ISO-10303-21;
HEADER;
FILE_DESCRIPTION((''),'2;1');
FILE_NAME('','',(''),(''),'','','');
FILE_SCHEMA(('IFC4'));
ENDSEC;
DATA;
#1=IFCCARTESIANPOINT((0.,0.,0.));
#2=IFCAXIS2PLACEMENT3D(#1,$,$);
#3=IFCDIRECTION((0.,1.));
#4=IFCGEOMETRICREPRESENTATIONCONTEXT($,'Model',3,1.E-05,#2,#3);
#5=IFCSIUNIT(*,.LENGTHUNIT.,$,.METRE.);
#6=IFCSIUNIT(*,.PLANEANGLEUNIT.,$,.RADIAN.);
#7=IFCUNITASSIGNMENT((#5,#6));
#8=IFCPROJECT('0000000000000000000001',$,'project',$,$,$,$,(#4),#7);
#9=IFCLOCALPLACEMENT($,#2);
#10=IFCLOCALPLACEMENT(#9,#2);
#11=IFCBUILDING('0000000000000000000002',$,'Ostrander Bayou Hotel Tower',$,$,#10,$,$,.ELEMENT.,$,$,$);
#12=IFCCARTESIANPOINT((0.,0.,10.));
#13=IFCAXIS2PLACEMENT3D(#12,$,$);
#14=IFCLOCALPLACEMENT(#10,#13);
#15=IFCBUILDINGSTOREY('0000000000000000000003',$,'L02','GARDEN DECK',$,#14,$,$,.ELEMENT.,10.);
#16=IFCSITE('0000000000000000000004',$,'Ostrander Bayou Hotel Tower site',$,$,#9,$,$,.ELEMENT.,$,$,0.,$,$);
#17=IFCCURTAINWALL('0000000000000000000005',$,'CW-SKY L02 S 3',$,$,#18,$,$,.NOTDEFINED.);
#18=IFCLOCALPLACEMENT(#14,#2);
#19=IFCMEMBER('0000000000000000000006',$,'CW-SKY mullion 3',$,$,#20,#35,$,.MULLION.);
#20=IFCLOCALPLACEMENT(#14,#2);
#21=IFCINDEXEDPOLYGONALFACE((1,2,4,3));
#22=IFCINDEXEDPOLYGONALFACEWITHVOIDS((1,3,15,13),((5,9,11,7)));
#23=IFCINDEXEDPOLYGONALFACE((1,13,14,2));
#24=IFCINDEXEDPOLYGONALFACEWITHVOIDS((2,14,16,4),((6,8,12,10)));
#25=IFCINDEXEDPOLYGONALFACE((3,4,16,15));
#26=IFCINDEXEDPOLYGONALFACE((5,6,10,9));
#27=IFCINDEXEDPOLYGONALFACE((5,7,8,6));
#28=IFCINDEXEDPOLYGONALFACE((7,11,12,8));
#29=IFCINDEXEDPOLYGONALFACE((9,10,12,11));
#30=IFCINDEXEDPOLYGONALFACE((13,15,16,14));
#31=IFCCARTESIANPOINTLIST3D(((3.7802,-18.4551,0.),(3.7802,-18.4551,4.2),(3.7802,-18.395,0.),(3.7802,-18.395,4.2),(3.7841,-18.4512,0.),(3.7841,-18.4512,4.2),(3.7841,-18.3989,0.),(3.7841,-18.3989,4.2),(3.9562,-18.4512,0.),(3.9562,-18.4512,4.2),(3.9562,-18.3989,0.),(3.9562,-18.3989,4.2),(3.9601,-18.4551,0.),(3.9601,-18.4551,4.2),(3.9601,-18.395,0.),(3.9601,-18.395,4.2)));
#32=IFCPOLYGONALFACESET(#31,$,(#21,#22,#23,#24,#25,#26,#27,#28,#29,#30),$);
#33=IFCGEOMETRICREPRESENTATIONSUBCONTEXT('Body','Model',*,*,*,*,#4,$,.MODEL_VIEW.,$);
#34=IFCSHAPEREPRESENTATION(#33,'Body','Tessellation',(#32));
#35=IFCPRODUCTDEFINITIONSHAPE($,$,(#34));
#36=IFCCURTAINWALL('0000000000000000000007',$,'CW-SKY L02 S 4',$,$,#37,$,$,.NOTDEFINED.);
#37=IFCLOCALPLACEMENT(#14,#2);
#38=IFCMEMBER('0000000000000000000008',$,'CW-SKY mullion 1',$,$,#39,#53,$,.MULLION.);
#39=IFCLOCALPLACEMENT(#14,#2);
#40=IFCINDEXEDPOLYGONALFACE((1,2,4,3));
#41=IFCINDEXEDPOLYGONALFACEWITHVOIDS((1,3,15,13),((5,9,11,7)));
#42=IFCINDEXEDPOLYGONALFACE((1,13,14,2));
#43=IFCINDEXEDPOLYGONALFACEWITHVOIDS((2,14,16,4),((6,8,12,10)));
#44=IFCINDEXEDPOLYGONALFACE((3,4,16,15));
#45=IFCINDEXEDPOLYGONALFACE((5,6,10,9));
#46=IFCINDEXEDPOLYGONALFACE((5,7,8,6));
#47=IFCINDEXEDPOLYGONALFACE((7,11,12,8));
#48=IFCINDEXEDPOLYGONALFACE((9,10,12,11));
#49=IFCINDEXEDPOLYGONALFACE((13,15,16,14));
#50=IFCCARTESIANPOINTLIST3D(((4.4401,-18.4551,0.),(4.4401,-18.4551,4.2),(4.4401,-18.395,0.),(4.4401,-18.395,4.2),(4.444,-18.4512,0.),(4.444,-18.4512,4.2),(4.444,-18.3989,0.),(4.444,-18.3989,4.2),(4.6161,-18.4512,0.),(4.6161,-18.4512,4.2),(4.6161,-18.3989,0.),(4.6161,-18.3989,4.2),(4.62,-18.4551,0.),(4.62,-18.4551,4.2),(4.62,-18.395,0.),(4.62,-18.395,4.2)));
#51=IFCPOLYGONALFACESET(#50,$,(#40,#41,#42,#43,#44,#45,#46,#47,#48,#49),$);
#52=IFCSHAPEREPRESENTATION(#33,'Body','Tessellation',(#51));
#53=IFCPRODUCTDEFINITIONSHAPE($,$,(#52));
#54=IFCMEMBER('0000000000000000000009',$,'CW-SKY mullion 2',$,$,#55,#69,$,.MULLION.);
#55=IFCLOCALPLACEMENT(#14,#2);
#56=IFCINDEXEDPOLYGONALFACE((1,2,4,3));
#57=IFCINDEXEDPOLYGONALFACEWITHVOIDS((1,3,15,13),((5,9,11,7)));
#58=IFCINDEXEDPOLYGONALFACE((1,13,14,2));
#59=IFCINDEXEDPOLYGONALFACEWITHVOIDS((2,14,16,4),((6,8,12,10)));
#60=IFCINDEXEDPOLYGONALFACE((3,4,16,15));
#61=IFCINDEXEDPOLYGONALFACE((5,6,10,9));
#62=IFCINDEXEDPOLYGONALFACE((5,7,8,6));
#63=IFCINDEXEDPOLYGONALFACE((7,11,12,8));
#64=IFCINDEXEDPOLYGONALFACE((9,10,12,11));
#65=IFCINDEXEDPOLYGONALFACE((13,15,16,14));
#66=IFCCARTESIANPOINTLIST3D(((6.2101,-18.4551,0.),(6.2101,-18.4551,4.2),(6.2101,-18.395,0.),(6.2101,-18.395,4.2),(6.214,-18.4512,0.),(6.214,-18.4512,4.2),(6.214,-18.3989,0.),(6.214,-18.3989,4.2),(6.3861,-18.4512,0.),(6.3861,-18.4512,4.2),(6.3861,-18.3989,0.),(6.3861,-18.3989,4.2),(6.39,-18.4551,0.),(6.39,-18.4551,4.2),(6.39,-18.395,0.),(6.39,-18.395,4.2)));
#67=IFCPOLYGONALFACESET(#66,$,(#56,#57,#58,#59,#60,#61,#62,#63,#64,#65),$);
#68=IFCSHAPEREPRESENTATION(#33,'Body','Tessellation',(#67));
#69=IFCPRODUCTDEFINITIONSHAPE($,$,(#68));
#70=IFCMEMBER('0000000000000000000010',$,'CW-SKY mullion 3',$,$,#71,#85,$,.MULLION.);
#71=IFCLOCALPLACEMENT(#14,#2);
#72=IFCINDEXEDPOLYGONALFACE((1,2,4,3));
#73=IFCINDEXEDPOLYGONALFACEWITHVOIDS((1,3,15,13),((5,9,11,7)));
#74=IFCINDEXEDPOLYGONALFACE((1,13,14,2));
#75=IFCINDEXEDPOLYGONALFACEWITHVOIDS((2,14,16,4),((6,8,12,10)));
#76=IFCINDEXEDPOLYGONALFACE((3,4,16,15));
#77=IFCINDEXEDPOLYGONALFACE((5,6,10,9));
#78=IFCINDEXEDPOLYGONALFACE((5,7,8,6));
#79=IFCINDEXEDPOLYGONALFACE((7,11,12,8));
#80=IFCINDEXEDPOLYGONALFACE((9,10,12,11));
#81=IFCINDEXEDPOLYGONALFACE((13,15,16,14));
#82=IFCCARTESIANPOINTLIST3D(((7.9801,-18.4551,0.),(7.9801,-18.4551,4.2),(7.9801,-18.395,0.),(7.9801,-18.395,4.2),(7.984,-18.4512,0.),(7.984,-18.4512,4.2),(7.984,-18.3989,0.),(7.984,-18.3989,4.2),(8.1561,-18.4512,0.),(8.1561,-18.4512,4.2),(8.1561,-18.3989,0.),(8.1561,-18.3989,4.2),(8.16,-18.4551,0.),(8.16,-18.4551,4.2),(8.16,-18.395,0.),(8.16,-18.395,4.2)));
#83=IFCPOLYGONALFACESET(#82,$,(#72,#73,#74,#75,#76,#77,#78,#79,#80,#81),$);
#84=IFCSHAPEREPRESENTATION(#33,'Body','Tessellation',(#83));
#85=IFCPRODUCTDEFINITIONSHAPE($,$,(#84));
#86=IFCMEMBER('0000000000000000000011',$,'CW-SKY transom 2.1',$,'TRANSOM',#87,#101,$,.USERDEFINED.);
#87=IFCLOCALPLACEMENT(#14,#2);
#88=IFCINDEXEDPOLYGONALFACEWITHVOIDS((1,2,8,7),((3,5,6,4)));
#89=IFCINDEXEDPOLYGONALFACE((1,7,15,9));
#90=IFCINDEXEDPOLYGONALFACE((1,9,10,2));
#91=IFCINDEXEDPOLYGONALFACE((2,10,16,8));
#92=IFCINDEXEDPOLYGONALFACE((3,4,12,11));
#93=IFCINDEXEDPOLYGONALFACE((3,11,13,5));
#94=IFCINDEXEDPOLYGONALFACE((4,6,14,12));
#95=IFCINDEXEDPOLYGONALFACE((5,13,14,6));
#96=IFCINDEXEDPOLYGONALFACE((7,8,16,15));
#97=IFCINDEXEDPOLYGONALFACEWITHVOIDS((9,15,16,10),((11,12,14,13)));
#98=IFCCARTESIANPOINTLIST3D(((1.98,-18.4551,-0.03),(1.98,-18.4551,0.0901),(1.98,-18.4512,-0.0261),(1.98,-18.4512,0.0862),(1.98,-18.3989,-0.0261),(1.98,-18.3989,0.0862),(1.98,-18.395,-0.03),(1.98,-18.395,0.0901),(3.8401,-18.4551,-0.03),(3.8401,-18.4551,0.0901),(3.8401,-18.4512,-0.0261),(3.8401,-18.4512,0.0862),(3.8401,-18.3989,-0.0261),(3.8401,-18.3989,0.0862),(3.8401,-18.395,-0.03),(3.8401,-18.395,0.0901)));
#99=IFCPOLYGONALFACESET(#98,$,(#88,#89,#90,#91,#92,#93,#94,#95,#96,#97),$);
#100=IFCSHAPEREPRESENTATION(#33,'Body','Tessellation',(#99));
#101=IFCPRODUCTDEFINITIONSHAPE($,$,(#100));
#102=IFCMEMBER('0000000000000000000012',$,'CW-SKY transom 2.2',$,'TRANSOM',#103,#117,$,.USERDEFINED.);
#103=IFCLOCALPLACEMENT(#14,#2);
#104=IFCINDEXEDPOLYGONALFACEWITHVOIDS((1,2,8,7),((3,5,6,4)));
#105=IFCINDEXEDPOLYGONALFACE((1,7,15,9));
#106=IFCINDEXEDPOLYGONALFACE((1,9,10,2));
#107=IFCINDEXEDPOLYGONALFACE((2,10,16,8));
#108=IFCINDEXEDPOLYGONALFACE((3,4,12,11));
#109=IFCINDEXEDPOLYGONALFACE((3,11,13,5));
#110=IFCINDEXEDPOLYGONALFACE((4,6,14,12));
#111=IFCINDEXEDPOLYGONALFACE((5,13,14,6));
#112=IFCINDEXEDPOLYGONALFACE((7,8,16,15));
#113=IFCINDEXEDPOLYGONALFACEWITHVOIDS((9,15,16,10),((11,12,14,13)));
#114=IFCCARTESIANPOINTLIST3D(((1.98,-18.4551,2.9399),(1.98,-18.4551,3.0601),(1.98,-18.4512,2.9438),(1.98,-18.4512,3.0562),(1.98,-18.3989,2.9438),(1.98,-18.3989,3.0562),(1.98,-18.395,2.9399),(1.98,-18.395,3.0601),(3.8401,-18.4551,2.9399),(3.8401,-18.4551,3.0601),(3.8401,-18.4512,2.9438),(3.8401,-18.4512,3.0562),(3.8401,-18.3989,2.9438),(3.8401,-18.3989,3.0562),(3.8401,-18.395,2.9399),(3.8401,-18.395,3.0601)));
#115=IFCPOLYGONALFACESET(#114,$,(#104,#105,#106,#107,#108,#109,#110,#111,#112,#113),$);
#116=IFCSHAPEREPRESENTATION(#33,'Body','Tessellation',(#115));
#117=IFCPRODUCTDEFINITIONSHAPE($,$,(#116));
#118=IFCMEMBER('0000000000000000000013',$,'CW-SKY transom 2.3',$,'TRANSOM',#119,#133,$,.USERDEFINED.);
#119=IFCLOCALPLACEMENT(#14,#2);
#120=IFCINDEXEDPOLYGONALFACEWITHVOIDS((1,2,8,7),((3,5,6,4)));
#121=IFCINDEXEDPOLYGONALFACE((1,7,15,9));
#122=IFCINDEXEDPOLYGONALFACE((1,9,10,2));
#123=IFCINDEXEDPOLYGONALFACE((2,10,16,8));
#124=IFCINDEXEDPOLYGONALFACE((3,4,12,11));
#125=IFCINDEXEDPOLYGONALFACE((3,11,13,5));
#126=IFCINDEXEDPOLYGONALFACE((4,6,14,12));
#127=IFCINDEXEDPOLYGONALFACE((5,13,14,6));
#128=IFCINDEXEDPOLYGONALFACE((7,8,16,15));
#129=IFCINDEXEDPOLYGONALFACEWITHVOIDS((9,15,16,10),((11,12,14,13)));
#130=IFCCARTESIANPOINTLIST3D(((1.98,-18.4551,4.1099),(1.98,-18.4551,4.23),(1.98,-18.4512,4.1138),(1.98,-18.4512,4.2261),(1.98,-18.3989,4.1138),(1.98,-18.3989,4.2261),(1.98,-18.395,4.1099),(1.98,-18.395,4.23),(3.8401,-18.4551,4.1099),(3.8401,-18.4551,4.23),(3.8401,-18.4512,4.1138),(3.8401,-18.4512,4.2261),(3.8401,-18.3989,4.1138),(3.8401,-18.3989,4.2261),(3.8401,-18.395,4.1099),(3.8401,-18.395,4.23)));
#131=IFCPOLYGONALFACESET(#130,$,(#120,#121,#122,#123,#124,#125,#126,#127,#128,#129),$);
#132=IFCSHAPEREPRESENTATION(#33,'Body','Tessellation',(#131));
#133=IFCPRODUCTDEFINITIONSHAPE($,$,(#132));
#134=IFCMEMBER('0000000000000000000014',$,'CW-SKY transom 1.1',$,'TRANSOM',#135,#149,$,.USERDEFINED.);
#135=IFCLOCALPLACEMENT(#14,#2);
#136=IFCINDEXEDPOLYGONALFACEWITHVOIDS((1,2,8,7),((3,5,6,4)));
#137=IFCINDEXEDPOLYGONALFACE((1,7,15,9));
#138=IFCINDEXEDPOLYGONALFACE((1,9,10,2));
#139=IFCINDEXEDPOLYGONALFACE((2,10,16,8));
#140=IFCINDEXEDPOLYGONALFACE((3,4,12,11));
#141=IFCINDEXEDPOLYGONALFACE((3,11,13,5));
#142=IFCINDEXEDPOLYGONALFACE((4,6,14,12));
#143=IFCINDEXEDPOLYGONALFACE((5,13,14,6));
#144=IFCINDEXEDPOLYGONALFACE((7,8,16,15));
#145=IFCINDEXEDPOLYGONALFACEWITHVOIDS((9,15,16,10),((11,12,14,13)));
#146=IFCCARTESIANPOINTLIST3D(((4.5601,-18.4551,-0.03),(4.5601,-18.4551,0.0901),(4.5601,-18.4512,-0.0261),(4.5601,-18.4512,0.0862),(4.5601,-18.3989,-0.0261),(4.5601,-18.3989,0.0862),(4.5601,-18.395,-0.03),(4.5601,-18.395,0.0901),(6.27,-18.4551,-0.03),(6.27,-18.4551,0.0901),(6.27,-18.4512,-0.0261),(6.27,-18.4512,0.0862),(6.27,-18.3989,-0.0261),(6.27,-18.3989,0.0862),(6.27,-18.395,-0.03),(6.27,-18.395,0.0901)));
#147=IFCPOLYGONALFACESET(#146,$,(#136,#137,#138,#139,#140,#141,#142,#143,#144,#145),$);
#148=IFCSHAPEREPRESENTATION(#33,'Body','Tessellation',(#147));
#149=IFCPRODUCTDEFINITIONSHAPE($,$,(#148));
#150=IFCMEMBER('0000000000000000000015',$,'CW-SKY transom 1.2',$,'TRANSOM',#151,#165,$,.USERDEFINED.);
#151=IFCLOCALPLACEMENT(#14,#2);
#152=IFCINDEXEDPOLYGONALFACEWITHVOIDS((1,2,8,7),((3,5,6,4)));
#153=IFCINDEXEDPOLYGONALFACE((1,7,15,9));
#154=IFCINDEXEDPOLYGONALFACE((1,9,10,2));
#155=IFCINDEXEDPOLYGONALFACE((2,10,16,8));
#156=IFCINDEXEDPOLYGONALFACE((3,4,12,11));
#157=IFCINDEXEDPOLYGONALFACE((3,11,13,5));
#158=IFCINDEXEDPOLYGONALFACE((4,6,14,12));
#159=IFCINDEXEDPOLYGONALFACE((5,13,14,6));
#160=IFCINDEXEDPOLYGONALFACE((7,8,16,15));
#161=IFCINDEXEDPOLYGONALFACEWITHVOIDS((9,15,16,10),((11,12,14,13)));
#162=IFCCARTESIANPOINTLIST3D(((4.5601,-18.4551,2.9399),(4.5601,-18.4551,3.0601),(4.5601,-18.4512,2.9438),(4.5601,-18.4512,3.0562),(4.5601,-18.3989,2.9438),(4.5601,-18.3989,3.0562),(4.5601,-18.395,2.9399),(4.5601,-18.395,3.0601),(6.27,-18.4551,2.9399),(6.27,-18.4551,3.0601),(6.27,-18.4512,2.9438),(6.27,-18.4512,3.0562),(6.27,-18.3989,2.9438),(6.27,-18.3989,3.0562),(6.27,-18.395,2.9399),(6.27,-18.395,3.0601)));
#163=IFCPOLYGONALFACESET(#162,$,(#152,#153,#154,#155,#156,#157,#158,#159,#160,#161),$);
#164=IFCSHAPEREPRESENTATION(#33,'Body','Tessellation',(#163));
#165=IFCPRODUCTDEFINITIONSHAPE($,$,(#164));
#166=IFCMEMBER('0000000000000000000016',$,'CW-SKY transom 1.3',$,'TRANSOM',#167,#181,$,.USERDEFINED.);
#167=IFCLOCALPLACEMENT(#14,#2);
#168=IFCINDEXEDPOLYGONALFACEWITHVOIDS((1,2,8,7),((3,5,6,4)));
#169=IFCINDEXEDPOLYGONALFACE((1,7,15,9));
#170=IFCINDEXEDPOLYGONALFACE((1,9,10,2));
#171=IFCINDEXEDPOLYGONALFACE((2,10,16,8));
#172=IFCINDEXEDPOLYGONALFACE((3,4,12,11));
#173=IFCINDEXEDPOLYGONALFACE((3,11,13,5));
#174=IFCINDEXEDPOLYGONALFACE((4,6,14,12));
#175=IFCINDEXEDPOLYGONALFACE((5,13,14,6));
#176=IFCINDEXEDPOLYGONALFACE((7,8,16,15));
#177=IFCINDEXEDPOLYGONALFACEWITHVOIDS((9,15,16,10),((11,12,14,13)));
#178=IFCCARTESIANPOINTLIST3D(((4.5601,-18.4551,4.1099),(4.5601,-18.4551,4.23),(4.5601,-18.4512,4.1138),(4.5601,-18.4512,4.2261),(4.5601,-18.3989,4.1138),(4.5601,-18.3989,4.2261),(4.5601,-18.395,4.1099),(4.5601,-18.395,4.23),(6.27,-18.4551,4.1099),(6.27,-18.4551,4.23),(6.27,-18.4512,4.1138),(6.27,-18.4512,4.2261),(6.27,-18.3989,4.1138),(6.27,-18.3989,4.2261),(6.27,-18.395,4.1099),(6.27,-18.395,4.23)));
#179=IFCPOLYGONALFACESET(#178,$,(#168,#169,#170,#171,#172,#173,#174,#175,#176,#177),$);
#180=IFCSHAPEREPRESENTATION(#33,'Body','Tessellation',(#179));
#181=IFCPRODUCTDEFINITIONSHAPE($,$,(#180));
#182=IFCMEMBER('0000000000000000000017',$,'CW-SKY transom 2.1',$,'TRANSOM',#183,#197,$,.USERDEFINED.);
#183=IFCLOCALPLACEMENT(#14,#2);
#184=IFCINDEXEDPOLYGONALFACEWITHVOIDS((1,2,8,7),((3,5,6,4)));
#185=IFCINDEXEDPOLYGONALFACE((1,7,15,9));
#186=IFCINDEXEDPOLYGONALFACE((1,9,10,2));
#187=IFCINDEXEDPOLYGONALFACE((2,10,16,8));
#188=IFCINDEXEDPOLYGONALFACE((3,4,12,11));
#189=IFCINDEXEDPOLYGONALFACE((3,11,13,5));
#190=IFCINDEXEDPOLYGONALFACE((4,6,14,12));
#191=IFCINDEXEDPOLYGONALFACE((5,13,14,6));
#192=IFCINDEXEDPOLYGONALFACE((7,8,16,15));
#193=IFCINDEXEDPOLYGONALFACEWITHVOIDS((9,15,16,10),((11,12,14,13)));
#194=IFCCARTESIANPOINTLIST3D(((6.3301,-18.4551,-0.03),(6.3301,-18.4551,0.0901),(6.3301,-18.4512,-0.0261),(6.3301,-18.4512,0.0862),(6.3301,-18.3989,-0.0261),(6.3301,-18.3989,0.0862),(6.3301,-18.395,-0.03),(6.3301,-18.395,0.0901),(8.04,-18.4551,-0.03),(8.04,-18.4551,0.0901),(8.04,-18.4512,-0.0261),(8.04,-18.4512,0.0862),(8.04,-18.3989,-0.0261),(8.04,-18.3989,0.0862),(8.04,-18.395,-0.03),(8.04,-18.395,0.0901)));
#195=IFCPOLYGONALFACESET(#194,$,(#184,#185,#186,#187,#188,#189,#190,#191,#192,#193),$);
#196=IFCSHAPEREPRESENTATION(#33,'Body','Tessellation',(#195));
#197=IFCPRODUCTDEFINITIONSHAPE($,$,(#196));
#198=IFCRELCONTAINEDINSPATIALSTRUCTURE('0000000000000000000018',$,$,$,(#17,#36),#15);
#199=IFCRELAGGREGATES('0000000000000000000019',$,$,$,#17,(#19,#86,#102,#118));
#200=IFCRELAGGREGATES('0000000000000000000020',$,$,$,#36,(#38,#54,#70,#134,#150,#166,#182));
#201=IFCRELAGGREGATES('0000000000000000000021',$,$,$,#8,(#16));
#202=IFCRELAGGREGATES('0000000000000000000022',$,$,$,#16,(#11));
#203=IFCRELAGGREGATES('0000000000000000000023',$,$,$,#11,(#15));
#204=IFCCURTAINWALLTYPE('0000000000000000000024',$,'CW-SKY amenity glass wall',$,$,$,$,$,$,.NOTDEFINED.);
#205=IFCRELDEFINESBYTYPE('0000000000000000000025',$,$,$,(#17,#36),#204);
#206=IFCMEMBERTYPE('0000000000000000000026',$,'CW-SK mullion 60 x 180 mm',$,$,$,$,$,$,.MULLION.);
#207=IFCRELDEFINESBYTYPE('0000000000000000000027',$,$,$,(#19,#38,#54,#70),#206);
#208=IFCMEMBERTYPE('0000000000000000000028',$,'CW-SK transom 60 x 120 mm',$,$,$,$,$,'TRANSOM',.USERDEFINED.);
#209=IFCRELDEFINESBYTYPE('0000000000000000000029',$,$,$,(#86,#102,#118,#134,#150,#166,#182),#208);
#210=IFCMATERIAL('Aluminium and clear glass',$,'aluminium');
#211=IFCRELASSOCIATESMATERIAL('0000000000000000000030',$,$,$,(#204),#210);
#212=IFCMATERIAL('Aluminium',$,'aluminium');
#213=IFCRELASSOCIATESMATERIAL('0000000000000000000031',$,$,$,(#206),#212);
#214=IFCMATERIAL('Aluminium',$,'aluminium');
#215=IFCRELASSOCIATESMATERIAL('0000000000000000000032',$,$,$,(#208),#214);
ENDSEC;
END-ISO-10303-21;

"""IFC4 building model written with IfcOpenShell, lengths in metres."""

from ifc_helpers import new_model, si_unit, direction, frame, origin, origin_2d, place, context, subcontext, project, spatial, hollow_rectangle, extrude, material, material_profile, profile_set, type_object, element, aggregate, save


model = new_model("IFC4")

# Units and contexts
model_context = context("Model", 3, precision=1e-05, world=origin(), true_north=direction((0.0, 1.0)))
body_context = subcontext(model_context, "Body", "Model", "MODEL_VIEW")
ifc_project = project(units=[si_unit("LENGTHUNIT", "METRE"), si_unit("PLANEANGLEUNIT", "RADIAN")], contexts=[model_context])

# Site, building, storey
site_placement = place(None, origin())
site = spatial("IfcSite", under=ifc_project, at=site_placement, Name="Ostrander Bayou Hotel Tower site", CompositionType="ELEMENT", RefElevation=0.0)
building_placement = place(site_placement, origin())
building = spatial("IfcBuilding", under=site, at=building_placement, Name="Ostrander Bayou Hotel Tower", CompositionType="ELEMENT")
storey_placement = place(building_placement, frame((0.0, 0.0, 10.0)))
storey = spatial("IfcBuildingStorey", under=building, at=storey_placement, Name="L02", Description="GARDEN DECK", CompositionType="ELEMENT", Elevation=10.0)

# Curtain wall, member
ifc_material_1 = material(Name="Aluminium and clear glass", Category="aluminium")
curtain_wall_type = type_object("IfcCurtainWallType", Name="CW-SKY amenity glass wall", PredefinedType="NOTDEFINED", material=ifc_material_1)
curtain_wall_1_placement = place(storey_placement, origin())
curtain_wall_1 = element("IfcCurtainWall", 1, at=curtain_wall_1_placement, inside=storey, type_object=curtain_wall_type, Name="CW-SKY L02 S 3", PredefinedType="NOTDEFINED")
ifc_material_2 = material(Name="Aluminium", Category="aluminium")
ifc_material_profile_1 = material_profile(ifc_material_2, hollow_rectangle(XDim=0.0601, YDim=0.1799, WallThickness=0.0039, at=origin_2d()))
ifc_profile_set_1 = profile_set([ifc_material_profile_1], Name="Aluminium")
member_type_1 = type_object("IfcMemberType", Name="CW-SK mullion 60 x 180 mm", PredefinedType="MULLION", material=ifc_profile_set_1)
member_1_placement = place(storey_placement, frame((3.8701, -18.425, 0.0), z_axis=(0.0, 0.0, 1.0), x_axis=(0.0, 1.0, 0.0)))
member_1 = element("IfcMember", 2, at=member_1_placement, type_object=member_type_1, Name="CW-SKY mullion 3", PredefinedType="MULLION", context=body_context, shape_type="SweptSolid", body=[
    extrude(hollow_rectangle(XDim=0.0601, YDim=0.1799, WallThickness=0.0039, at=origin_2d()), origin(), (0.0, 0.0, 1.0), 4.2),
])

# Curtain wall, members
curtain_wall_2_placement = place(storey_placement, origin())
curtain_wall_2 = element("IfcCurtainWall", 3, at=curtain_wall_2_placement, inside=storey, type_object=curtain_wall_type, Name="CW-SKY L02 S 4", PredefinedType="NOTDEFINED")
member_2_placement = place(storey_placement, frame((4.53, -18.425, 0.0), z_axis=(0.0, 0.0, 1.0), x_axis=(0.0, 1.0, 0.0)))
member_2 = element("IfcMember", 4, at=member_2_placement, type_object=member_type_1, Name="CW-SKY mullion 1", PredefinedType="MULLION", context=body_context, shape_type="SweptSolid", body=[
    extrude(hollow_rectangle(XDim=0.0601, YDim=0.1799, WallThickness=0.0039, at=origin_2d()), origin(), (0.0, 0.0, 1.0), 4.2),
])
member_3_placement = place(storey_placement, frame((6.3, -18.425, 0.0), z_axis=(0.0, 0.0, 1.0), x_axis=(0.0, 1.0, 0.0)))
member_3 = element("IfcMember", 5, at=member_3_placement, type_object=member_type_1, Name="CW-SKY mullion 2", PredefinedType="MULLION", context=body_context, shape_type="SweptSolid", body=[
    extrude(hollow_rectangle(XDim=0.0601, YDim=0.1799, WallThickness=0.0039, at=origin_2d()), origin(), (0.0, 0.0, 1.0), 4.2),
])
member_4_placement = place(storey_placement, frame((8.0701, -18.425, 0.0), z_axis=(0.0, 0.0, 1.0), x_axis=(0.0, 1.0, 0.0)))
member_4 = element("IfcMember", 6, at=member_4_placement, type_object=member_type_1, Name="CW-SKY mullion 3", PredefinedType="MULLION", context=body_context, shape_type="SweptSolid", body=[
    extrude(hollow_rectangle(XDim=0.0601, YDim=0.1799, WallThickness=0.0039, at=origin_2d()), origin(), (0.0, 0.0, 1.0), 4.2),
])

# Members
ifc_material_3 = material(Name="Aluminium", Category="aluminium")
ifc_material_profile_2 = material_profile(ifc_material_3, hollow_rectangle(XDim=0.0601, YDim=0.1201, WallThickness=0.0039, at=origin_2d()))
ifc_profile_set_2 = profile_set([ifc_material_profile_2], Name="Aluminium")
member_type_2 = type_object("IfcMemberType", Name="CW-SK transom 60 x 120 mm", ElementType="TRANSOM", PredefinedType="USERDEFINED", material=ifc_profile_set_2)
member_5_placement = place(storey_placement, frame((1.98, -18.425, 0.03), z_axis=(1.0, 0.0, 0.0), x_axis=(0.0, 1.0, 0.0)))
member_5 = element("IfcMember", 7, at=member_5_placement, type_object=member_type_2, Name="CW-SKY transom 2.1", ObjectType="TRANSOM", PredefinedType="USERDEFINED", context=body_context, shape_type="SweptSolid", body=[
    extrude(hollow_rectangle(XDim=0.0601, YDim=0.1201, WallThickness=0.0039, at=origin_2d()), origin(), (0.0, 0.0, 1.0), 1.8601),
])
member_6_placement = place(storey_placement, frame((1.98, -18.425, 3.0), z_axis=(1.0, 0.0, 0.0), x_axis=(0.0, 1.0, 0.0)))
member_6 = element("IfcMember", 8, at=member_6_placement, type_object=member_type_2, Name="CW-SKY transom 2.2", ObjectType="TRANSOM", PredefinedType="USERDEFINED", context=body_context, shape_type="SweptSolid", body=[
    extrude(hollow_rectangle(XDim=0.0601, YDim=0.1201, WallThickness=0.0039, at=origin_2d()), origin(), (0.0, 0.0, 1.0), 1.8601),
])
member_7_placement = place(storey_placement, frame((1.98, -18.425, 4.1699), z_axis=(1.0, 0.0, 0.0), x_axis=(0.0, 1.0, 0.0)))
member_7 = element("IfcMember", 9, at=member_7_placement, type_object=member_type_2, Name="CW-SKY transom 2.3", ObjectType="TRANSOM", PredefinedType="USERDEFINED", context=body_context, shape_type="SweptSolid", body=[
    extrude(hollow_rectangle(XDim=0.0601, YDim=0.1201, WallThickness=0.0039, at=origin_2d()), origin(), (0.0, 0.0, 1.0), 1.8601),
])
member_8_placement = place(storey_placement, frame((4.5601, -18.425, 0.03), z_axis=(1.0, 0.0, 0.0), x_axis=(0.0, 1.0, 0.0)))
member_8 = element("IfcMember", 10, at=member_8_placement, type_object=member_type_2, Name="CW-SKY transom 1.1", ObjectType="TRANSOM", PredefinedType="USERDEFINED", context=body_context, shape_type="SweptSolid", body=[
    extrude(hollow_rectangle(XDim=0.0601, YDim=0.1201, WallThickness=0.0039, at=origin_2d()), origin(), (0.0, 0.0, 1.0), 1.71),
])
member_9_placement = place(storey_placement, frame((4.5601, -18.425, 3.0), z_axis=(1.0, 0.0, 0.0), x_axis=(0.0, 1.0, 0.0)))
member_9 = element("IfcMember", 11, at=member_9_placement, type_object=member_type_2, Name="CW-SKY transom 1.2", ObjectType="TRANSOM", PredefinedType="USERDEFINED", context=body_context, shape_type="SweptSolid", body=[
    extrude(hollow_rectangle(XDim=0.0601, YDim=0.1201, WallThickness=0.0039, at=origin_2d()), origin(), (0.0, 0.0, 1.0), 1.71),
])
member_10_placement = place(storey_placement, frame((4.5601, -18.425, 4.1699), z_axis=(1.0, 0.0, 0.0), x_axis=(0.0, 1.0, 0.0)))
member_10 = element("IfcMember", 12, at=member_10_placement, type_object=member_type_2, Name="CW-SKY transom 1.3", ObjectType="TRANSOM", PredefinedType="USERDEFINED", context=body_context, shape_type="SweptSolid", body=[
    extrude(hollow_rectangle(XDim=0.0601, YDim=0.1201, WallThickness=0.0039, at=origin_2d()), origin(), (0.0, 0.0, 1.0), 1.71),
])
member_11_placement = place(storey_placement, frame((6.3301, -18.425, 0.03), z_axis=(1.0, 0.0, 0.0), x_axis=(0.0, 1.0, 0.0)))
member_11 = element("IfcMember", 13, at=member_11_placement, type_object=member_type_2, Name="CW-SKY transom 2.1", ObjectType="TRANSOM", PredefinedType="USERDEFINED", context=body_context, shape_type="SweptSolid", body=[
    extrude(hollow_rectangle(XDim=0.0601, YDim=0.1201, WallThickness=0.0039, at=origin_2d()), origin(), (0.0, 0.0, 1.0), 1.71),
])

aggregate(curtain_wall_1, [member_1, member_5, member_6, member_7])
aggregate(curtain_wall_2, [member_2, member_3, member_4, member_8, member_9, member_10, member_11])

save(model, "model.ifc")
